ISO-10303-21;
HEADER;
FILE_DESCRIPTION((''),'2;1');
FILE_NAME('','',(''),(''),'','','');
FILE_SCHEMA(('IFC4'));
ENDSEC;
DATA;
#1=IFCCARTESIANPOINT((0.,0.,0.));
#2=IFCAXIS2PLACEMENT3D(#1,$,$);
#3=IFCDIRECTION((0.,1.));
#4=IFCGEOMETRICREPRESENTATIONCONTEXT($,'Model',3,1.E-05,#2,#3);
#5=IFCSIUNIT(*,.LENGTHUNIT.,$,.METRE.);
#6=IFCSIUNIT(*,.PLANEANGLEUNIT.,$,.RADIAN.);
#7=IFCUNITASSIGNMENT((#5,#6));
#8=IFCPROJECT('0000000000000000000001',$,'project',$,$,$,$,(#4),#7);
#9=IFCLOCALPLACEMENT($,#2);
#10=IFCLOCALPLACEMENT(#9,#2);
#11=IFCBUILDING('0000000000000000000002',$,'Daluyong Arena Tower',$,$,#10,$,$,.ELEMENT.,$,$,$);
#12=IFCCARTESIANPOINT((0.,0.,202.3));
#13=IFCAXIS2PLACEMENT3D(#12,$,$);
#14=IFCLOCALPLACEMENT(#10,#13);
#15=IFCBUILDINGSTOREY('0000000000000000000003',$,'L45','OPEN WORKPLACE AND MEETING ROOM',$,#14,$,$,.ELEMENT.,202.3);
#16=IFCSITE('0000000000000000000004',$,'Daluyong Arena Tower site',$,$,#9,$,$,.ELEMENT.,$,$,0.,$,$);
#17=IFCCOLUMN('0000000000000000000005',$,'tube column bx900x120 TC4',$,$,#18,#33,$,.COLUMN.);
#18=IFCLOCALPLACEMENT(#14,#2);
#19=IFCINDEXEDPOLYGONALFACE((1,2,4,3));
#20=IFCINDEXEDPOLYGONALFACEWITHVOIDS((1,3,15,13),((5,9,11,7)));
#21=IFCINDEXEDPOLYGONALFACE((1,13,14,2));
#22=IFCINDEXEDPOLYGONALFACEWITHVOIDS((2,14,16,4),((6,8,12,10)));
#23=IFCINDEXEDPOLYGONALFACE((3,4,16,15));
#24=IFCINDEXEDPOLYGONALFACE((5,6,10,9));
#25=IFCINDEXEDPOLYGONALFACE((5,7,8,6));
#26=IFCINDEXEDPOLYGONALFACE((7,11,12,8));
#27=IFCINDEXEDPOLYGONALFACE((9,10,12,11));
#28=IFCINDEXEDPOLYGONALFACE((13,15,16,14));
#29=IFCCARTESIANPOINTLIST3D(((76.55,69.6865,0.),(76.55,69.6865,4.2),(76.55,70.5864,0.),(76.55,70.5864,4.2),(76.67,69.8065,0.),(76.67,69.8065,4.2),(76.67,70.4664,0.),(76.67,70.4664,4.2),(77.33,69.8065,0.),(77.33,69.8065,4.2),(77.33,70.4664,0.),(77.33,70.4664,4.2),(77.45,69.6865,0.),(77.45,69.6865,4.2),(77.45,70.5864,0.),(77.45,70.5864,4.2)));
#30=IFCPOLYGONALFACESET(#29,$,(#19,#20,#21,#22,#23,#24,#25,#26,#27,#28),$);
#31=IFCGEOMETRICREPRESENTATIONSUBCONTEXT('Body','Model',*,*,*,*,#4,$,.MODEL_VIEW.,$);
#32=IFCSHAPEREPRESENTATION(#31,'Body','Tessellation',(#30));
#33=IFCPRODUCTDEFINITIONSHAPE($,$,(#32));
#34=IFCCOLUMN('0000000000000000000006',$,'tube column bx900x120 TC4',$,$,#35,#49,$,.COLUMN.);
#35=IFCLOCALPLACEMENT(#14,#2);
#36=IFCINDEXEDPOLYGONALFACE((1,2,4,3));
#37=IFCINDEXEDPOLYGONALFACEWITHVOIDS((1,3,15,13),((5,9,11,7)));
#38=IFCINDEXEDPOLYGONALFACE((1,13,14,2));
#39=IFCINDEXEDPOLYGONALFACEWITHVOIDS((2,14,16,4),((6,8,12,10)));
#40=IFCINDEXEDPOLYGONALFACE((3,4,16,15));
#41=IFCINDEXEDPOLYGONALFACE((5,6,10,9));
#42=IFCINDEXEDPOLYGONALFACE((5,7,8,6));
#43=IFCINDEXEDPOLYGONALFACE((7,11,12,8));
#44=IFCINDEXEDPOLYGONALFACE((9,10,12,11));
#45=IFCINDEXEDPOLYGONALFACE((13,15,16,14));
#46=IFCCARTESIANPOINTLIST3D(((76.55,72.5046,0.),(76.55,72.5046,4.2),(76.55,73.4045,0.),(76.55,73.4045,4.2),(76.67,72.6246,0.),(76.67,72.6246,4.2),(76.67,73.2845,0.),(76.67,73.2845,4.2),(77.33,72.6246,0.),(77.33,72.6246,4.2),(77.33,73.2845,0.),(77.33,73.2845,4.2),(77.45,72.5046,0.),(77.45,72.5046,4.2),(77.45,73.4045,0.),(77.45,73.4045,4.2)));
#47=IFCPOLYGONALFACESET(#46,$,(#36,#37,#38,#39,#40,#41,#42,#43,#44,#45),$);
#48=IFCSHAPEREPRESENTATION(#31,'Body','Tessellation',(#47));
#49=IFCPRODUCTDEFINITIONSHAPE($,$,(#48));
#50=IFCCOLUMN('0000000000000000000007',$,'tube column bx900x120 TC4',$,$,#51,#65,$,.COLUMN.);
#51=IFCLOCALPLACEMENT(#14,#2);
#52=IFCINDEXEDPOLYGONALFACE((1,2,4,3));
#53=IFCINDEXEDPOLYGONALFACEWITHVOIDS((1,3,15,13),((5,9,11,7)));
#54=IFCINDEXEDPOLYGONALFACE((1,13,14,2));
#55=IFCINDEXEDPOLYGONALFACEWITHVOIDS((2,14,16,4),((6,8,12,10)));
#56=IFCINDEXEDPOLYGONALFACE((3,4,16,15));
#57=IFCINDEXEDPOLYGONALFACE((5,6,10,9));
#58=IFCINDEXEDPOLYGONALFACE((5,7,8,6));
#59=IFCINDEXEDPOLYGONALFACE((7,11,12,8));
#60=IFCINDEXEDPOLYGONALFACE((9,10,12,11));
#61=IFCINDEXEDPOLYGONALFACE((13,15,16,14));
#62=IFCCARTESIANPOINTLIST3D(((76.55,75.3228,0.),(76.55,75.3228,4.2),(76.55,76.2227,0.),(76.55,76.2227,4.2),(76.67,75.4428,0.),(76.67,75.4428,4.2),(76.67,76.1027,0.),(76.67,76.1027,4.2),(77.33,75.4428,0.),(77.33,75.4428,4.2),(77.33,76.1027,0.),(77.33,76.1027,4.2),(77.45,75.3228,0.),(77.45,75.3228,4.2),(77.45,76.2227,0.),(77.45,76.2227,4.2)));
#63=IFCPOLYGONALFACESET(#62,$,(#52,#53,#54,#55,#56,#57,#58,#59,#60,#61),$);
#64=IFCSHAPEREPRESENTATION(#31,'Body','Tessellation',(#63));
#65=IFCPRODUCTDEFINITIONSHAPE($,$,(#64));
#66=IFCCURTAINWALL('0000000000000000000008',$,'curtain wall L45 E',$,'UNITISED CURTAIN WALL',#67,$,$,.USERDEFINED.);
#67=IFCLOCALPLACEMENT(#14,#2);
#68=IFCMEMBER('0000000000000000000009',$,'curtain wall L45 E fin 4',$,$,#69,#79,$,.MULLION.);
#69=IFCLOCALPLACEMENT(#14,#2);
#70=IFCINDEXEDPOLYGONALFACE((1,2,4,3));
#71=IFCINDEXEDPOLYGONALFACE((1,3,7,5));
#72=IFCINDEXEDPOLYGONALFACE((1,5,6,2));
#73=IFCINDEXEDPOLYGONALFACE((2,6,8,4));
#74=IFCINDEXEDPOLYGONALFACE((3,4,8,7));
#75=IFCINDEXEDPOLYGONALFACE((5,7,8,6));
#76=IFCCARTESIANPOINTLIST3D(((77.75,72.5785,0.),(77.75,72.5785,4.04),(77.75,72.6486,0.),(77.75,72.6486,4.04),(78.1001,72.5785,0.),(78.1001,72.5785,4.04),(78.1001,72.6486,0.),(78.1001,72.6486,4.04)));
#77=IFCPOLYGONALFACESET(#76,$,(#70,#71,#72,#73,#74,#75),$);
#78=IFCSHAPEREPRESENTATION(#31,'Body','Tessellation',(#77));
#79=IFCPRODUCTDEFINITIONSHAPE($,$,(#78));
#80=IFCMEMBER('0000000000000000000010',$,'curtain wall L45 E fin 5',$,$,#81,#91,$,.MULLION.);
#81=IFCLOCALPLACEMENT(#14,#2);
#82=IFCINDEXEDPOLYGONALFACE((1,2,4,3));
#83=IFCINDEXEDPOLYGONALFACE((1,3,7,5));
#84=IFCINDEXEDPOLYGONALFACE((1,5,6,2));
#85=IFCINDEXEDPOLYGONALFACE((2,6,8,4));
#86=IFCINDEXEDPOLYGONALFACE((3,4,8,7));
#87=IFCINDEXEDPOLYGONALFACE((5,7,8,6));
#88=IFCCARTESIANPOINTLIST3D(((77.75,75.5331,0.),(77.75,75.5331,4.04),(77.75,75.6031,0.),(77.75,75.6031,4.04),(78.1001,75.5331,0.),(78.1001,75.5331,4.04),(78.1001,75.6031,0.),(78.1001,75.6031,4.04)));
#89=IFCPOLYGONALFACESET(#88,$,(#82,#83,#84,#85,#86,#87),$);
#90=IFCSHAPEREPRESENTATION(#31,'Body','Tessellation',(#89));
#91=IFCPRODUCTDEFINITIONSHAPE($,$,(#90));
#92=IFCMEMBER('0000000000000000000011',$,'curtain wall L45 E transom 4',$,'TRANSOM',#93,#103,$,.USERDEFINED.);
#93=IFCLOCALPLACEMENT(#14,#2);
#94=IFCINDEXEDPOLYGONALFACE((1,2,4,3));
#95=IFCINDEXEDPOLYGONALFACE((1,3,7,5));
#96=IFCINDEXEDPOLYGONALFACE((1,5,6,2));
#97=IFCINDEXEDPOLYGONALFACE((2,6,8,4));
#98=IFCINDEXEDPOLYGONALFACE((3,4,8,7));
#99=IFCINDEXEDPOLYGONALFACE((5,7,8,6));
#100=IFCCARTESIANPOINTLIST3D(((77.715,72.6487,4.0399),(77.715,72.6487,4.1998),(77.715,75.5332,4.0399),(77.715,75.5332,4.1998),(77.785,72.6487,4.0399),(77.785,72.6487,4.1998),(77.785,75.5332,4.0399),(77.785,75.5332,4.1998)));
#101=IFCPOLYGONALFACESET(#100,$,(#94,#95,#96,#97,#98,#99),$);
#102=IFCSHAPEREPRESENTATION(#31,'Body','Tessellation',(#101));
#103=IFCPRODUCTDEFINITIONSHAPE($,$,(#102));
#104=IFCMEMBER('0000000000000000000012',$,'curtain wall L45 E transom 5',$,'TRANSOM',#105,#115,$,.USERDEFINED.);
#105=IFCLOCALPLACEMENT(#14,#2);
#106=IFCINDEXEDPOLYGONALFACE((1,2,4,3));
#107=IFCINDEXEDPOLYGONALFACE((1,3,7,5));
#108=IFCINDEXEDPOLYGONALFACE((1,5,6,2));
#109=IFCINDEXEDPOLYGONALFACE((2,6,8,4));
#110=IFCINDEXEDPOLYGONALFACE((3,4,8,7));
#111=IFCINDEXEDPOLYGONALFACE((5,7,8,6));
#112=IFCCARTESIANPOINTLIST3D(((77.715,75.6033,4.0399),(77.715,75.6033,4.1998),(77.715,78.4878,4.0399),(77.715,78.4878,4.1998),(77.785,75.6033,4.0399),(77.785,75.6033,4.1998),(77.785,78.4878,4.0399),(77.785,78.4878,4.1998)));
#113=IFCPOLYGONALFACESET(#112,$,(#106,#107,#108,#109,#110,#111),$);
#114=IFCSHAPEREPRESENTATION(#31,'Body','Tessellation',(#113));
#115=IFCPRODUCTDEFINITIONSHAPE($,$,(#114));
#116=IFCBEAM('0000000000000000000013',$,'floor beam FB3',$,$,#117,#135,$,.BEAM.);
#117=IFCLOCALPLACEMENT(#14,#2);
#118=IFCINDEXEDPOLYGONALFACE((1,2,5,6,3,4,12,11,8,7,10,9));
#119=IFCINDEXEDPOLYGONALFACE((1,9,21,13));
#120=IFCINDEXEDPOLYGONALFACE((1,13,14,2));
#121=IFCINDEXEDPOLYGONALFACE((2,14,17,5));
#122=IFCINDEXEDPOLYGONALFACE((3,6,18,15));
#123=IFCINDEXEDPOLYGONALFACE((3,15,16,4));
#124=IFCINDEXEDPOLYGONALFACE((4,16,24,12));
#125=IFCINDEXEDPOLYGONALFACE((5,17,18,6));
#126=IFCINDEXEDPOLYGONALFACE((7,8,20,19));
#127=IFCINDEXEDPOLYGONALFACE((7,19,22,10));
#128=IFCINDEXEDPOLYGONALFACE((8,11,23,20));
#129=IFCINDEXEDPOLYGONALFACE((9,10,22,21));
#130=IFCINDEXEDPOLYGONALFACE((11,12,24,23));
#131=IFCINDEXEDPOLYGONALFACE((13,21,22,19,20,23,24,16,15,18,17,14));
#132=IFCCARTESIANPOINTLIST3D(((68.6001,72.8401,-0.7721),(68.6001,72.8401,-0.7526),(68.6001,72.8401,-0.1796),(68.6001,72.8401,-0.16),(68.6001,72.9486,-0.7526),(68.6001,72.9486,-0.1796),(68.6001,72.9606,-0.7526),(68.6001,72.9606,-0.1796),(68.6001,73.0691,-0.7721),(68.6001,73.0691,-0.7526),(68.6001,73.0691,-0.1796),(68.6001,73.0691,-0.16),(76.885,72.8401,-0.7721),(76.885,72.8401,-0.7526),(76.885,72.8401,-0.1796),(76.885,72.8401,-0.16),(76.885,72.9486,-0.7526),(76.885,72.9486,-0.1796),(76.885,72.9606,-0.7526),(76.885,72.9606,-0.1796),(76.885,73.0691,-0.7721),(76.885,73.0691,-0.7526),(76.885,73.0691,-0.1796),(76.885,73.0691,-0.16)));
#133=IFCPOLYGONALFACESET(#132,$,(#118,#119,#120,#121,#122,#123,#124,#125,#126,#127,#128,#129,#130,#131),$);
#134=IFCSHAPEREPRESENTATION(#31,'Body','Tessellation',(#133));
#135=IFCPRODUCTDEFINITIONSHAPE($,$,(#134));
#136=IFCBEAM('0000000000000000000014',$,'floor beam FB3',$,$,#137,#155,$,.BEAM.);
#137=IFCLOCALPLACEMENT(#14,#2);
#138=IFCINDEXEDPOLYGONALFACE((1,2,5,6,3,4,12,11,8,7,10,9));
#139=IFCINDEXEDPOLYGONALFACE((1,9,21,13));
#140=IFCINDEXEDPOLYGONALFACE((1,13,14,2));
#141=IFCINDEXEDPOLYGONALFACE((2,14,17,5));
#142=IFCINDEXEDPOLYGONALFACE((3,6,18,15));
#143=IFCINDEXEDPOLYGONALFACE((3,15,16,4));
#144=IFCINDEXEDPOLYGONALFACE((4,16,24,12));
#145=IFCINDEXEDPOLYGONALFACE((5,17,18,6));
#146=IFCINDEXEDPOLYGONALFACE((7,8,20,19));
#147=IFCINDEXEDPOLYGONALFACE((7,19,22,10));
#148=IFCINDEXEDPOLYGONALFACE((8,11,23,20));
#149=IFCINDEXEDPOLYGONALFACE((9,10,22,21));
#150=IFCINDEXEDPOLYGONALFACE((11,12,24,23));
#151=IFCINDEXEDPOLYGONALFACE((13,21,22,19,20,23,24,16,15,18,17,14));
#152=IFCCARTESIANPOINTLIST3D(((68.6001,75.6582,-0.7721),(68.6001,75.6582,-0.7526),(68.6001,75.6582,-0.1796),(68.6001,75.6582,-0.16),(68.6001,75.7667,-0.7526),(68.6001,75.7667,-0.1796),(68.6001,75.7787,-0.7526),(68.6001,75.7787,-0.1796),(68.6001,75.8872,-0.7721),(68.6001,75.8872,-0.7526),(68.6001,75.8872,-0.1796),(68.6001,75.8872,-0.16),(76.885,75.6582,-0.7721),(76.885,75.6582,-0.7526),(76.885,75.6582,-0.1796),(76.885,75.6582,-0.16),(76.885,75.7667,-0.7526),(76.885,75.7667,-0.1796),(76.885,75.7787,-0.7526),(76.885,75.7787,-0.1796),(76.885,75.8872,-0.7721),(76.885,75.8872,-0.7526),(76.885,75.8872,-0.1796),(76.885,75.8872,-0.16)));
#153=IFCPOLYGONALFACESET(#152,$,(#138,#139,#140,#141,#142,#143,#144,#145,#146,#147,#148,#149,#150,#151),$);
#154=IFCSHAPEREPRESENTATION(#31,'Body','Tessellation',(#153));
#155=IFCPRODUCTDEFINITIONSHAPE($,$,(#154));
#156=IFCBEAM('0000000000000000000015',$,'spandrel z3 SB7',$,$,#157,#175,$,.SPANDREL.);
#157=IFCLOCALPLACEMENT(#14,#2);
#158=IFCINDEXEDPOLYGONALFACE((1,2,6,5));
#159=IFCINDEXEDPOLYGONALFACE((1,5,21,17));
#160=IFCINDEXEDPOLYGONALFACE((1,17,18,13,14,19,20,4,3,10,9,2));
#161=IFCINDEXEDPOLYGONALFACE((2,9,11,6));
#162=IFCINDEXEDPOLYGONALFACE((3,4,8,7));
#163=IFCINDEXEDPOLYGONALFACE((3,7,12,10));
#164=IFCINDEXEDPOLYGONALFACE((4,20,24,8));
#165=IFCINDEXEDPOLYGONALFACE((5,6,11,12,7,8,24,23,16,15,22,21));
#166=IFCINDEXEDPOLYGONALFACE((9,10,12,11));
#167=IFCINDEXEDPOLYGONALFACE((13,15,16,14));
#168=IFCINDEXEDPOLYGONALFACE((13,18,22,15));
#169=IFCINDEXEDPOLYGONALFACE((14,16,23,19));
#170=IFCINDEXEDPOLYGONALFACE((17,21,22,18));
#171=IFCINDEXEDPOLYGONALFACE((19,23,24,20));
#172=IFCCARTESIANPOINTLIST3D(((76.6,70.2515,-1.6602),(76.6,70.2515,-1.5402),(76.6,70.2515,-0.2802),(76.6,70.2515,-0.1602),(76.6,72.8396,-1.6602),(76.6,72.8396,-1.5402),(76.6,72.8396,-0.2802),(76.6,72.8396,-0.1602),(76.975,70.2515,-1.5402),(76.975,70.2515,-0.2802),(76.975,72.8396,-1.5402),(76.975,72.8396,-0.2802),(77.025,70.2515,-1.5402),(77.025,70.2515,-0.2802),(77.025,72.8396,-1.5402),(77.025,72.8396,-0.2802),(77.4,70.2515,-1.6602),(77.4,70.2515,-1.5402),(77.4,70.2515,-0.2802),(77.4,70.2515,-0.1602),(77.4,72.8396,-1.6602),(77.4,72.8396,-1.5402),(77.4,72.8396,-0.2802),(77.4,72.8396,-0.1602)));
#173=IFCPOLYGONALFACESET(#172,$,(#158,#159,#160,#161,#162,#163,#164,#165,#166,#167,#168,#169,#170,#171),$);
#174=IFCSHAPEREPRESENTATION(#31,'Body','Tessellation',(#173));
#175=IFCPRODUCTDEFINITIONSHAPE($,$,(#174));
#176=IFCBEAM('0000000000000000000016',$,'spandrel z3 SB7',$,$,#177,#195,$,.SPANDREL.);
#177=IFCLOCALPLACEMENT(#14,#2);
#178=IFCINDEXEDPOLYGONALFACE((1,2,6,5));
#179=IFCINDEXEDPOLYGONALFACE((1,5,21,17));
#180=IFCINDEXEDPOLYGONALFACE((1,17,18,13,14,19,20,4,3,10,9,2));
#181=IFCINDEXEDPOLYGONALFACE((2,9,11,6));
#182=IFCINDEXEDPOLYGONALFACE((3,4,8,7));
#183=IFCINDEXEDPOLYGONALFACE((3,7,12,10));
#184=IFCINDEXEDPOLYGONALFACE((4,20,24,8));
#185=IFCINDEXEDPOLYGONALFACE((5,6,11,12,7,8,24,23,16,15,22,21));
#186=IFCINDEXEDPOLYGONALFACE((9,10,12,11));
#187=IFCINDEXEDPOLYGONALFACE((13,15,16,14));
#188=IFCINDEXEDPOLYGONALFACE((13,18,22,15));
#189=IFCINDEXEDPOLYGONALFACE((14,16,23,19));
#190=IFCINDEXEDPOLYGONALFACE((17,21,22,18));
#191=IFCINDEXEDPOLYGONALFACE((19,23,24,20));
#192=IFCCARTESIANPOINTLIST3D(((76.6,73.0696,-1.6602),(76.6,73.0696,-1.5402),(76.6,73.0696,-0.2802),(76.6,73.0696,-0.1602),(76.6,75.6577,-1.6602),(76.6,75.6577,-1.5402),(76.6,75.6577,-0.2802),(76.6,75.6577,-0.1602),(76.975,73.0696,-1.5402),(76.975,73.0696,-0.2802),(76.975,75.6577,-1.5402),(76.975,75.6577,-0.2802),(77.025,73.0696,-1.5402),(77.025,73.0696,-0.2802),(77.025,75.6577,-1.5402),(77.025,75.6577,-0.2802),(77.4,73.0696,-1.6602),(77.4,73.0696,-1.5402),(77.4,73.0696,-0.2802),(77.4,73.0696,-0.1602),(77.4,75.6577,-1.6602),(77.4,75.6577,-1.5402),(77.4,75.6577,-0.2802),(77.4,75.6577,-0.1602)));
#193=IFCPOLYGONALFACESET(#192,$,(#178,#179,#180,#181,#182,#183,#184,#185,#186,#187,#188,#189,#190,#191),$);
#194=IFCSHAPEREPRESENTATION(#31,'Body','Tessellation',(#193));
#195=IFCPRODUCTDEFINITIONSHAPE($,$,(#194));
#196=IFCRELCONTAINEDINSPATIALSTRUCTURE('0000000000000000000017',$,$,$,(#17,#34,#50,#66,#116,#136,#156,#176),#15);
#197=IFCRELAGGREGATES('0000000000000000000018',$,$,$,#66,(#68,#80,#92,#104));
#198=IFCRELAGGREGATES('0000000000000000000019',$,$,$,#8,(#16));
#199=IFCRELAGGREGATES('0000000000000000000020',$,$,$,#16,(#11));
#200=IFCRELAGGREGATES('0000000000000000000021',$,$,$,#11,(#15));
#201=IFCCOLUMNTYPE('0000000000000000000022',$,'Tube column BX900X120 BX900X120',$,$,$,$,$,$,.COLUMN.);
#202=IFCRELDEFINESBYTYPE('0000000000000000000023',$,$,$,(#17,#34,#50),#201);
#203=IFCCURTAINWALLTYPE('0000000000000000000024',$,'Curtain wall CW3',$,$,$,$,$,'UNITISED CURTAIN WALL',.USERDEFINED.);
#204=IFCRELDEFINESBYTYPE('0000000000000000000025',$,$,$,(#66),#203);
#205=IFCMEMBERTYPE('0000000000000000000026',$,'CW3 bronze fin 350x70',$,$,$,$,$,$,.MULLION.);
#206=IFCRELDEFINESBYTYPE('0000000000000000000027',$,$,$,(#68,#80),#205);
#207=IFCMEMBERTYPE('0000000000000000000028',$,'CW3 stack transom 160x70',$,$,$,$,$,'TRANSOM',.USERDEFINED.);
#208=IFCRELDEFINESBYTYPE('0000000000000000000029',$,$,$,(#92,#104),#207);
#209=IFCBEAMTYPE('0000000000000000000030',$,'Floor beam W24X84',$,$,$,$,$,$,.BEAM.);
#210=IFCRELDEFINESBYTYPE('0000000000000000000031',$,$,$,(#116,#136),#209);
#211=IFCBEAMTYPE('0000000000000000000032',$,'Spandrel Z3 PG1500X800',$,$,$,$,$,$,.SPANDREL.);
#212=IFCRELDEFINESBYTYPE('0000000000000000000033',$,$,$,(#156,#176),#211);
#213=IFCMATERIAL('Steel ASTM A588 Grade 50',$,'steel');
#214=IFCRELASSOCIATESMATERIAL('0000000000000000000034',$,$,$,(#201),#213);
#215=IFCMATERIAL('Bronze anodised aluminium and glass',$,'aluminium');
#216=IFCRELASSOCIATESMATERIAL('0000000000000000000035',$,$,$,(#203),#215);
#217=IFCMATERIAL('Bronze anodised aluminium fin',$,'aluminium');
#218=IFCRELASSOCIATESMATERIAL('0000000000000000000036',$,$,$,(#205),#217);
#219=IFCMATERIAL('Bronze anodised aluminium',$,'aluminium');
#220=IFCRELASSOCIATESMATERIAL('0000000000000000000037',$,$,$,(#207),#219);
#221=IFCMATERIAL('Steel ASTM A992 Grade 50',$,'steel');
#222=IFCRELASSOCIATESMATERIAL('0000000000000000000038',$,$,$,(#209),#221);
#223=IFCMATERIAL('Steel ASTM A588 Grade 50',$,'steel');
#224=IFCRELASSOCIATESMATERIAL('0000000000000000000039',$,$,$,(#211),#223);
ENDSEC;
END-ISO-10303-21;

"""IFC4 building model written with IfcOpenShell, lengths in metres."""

from ifc_helpers import new_model, si_unit, direction, frame, origin, origin_2d, place, context, subcontext, project, spatial, rectangle, hollow_rectangle, i_section, extrude, material, material_profile, profile_set, type_object, element, aggregate, save


model = new_model("IFC4")

# Units and contexts
model_context = context("Model", 3, precision=1e-05, world=origin(), true_north=direction((0.0, 1.0)))
body_context = subcontext(model_context, "Body", "Model", "MODEL_VIEW")
ifc_project = project(units=[si_unit("LENGTHUNIT", "METRE"), si_unit("PLANEANGLEUNIT", "RADIAN")], contexts=[model_context])

# Site, building, storey
site_placement = place(None, origin())
site = spatial("IfcSite", under=ifc_project, at=site_placement, Name="Daluyong Arena Tower site", CompositionType="ELEMENT", RefElevation=0.0)
building_placement = place(site_placement, origin())
building = spatial("IfcBuilding", under=site, at=building_placement, Name="Daluyong Arena Tower", CompositionType="ELEMENT")
storey_placement = place(building_placement, frame((0.0, 0.0, 202.3)))
storey = spatial("IfcBuildingStorey", under=building, at=storey_placement, Name="L45", Description="OPEN WORKPLACE AND MEETING ROOM", CompositionType="ELEMENT", Elevation=202.3)

# Columns
ifc_material_1 = material(Name="Steel ASTM A588 Grade 50", Category="steel")
ifc_material_profile_1 = material_profile(ifc_material_1, hollow_rectangle(XDim=0.8999, YDim=0.8999, WallThickness=0.12, at=origin_2d()))
ifc_profile_set_1 = profile_set([ifc_material_profile_1], Name="Steel ASTM A588 Grade 50")
column_type = type_object("IfcColumnType", Name="Tube column BX900X120 BX900X120", PredefinedType="COLUMN", material=ifc_profile_set_1)
for number, where, z_axis, x_axis, name in (
    (1, (77.0, 70.1365, 0.0), (0.0, 0.0, 1.0), (0.0, 1.0, 0.0), "tube column bx900x120 TC4"),
    (2, (77.0, 72.9546, 0.0), (0.0, 0.0, 1.0), (0.0, 1.0, 0.0), "tube column bx900x120 TC4"),
    (3, (77.0, 75.7727, 0.0), (0.0, 0.0, 1.0), (0.0, 1.0, 0.0), "tube column bx900x120 TC4"),
):
    element("IfcColumn", number, at=place(storey_placement, frame(where, z_axis=z_axis, x_axis=x_axis)), inside=storey, type_object=column_type, Name=name, PredefinedType="COLUMN", context=body_context, shape_type="SweptSolid", body=[
        extrude(hollow_rectangle(XDim=0.8999, YDim=0.8999, WallThickness=0.12, at=origin_2d()), origin(), (0.0, 0.0, 1.0), 4.2),
    ])

# Curtain wall, members
ifc_material_2 = material(Name="Bronze anodised aluminium and glass", Category="aluminium")
curtain_wall_type = type_object("IfcCurtainWallType", Name="Curtain wall CW3", ElementType="UNITISED CURTAIN WALL", PredefinedType="USERDEFINED", material=ifc_material_2)
curtain_wall_placement = place(storey_placement, origin())
curtain_wall = element("IfcCurtainWall", 4, at=curtain_wall_placement, inside=storey, type_object=curtain_wall_type, Name="curtain wall L45 E", ObjectType="UNITISED CURTAIN WALL", PredefinedType="USERDEFINED")
ifc_material_3 = material(Name="Bronze anodised aluminium fin", Category="aluminium")
ifc_material_profile_2 = material_profile(ifc_material_3, rectangle(XDim=0.3501, YDim=0.0701, at=origin_2d()))
ifc_profile_set_2 = profile_set([ifc_material_profile_2], Name="Bronze anodised aluminium fin")
member_type_1 = type_object("IfcMemberType", Name="CW3 bronze fin 350x70", PredefinedType="MULLION", material=ifc_profile_set_2)
member_1_placement = place(storey_placement, frame((77.925, 72.6135, 0.0), z_axis=(0.0, 0.0, 1.0), x_axis=(-1.0, 0.0, 0.0)))
member_1 = element("IfcMember", 5, at=member_1_placement, type_object=member_type_1, Name="curtain wall L45 E fin 4", PredefinedType="MULLION", context=body_context, shape_type="SweptSolid", body=[
    extrude(rectangle(XDim=0.3501, YDim=0.0701, at=origin_2d()), origin(), (0.0, 0.0, 1.0), 4.04),
])
member_2_placement = place(storey_placement, frame((77.925, 75.5681, 0.0), z_axis=(0.0, 0.0, 1.0), x_axis=(-1.0, 0.0, 0.0)))
member_2 = element("IfcMember", 6, at=member_2_placement, type_object=member_type_1, Name="curtain wall L45 E fin 5", PredefinedType="MULLION", context=body_context, shape_type="SweptSolid", body=[
    extrude(rectangle(XDim=0.3501, YDim=0.0701, at=origin_2d()), origin(), (0.0, 0.0, 1.0), 4.04),
])
ifc_material_4 = material(Name="Bronze anodised aluminium", Category="aluminium")
ifc_material_profile_3 = material_profile(ifc_material_4, rectangle(XDim=0.0701, YDim=0.1599, at=origin_2d()))
ifc_profile_set_3 = profile_set([ifc_material_profile_3], Name="Bronze anodised aluminium")
member_type_2 = type_object("IfcMemberType", Name="CW3 stack transom 160x70", ElementType="TRANSOM", PredefinedType="USERDEFINED", material=ifc_profile_set_3)
member_3_placement = place(storey_placement, frame((77.75, 72.6487, 4.1199), z_axis=(0.0, 1.0, 0.0), x_axis=(-1.0, 0.0, 0.0)))
member_3 = element("IfcMember", 7, at=member_3_placement, type_object=member_type_2, Name="curtain wall L45 E transom 4", ObjectType="TRANSOM", PredefinedType="USERDEFINED", context=body_context, shape_type="SweptSolid", body=[
    extrude(rectangle(XDim=0.0701, YDim=0.1599, at=origin_2d()), origin(), (0.0, 0.0, 1.0), 2.8845),
])
member_4_placement = place(storey_placement, frame((77.75, 75.6033, 4.1199), z_axis=(0.0, 1.0, 0.0), x_axis=(-1.0, 0.0, 0.0)))
member_4 = element("IfcMember", 8, at=member_4_placement, type_object=member_type_2, Name="curtain wall L45 E transom 5", ObjectType="TRANSOM", PredefinedType="USERDEFINED", context=body_context, shape_type="SweptSolid", body=[
    extrude(rectangle(XDim=0.0701, YDim=0.1599, at=origin_2d()), origin(), (0.0, 0.0, 1.0), 2.8845),
])

# Beams
ifc_material_5 = material(Name="Steel ASTM A992 Grade 50", Category="steel")
ifc_material_profile_4 = material_profile(ifc_material_5, i_section(OverallWidth=0.229, OverallDepth=0.6121, WebThickness=0.012, FlangeThickness=0.0195, at=origin_2d()))
ifc_profile_set_4 = profile_set([ifc_material_profile_4], Name="Steel ASTM A992 Grade 50")
beam_type_1 = type_object("IfcBeamType", Name="Floor beam W24X84", PredefinedType="BEAM", material=ifc_profile_set_4)
for number, where, z_axis, x_axis, name in (
    (9, (76.885, 72.9546, -0.4661), (-1.0, 0.0, 0.0), (0.0, -1.0, 0.0), "floor beam FB3"),
    (10, (76.885, 75.7727, -0.4661), (-1.0, 0.0, 0.0), (0.0, -1.0, 0.0), "floor beam FB3"),
):
    element("IfcBeam", number, at=place(storey_placement, frame(where, z_axis=z_axis, x_axis=x_axis)), inside=storey, type_object=beam_type_1, Name=name, PredefinedType="BEAM", context=body_context, shape_type="SweptSolid", body=[
        extrude(i_section(OverallWidth=0.229, OverallDepth=0.6121, WebThickness=0.012, FlangeThickness=0.0195, at=origin_2d()), origin(), (0.0, 0.0, 1.0), 8.2849),
    ])
ifc_material_6 = material(Name="Steel ASTM A588 Grade 50", Category="steel")
ifc_material_profile_5 = material_profile(ifc_material_6, i_section(OverallWidth=0.8, OverallDepth=1.5, WebThickness=0.05, FlangeThickness=0.12, at=origin_2d()))
ifc_profile_set_5 = profile_set([ifc_material_profile_5], Name="Steel ASTM A588 Grade 50")
beam_type_2 = type_object("IfcBeamType", Name="Spandrel Z3 PG1500X800", PredefinedType="SPANDREL", material=ifc_profile_set_5)
for number, where, z_axis, x_axis, name in (
    (11, (77.0, 70.2515, -0.9102), (0.0, 1.0, 0.0), (-1.0, 0.0, 0.0), "spandrel z3 SB7"),
    (12, (77.0, 73.0696, -0.9102), (0.0, 1.0, 0.0), (-1.0, 0.0, 0.0), "spandrel z3 SB7"),
):
    element("IfcBeam", number, at=place(storey_placement, frame(where, z_axis=z_axis, x_axis=x_axis)), inside=storey, type_object=beam_type_2, Name=name, PredefinedType="SPANDREL", context=body_context, shape_type="SweptSolid", body=[
        extrude(i_section(OverallWidth=0.8, OverallDepth=1.5, WebThickness=0.05, FlangeThickness=0.12, at=origin_2d()), origin(), (0.0, 0.0, 1.0), 2.5881),
    ])

aggregate(curtain_wall, [member_1, member_2, member_3, member_4])

save(model, "model.ifc")
